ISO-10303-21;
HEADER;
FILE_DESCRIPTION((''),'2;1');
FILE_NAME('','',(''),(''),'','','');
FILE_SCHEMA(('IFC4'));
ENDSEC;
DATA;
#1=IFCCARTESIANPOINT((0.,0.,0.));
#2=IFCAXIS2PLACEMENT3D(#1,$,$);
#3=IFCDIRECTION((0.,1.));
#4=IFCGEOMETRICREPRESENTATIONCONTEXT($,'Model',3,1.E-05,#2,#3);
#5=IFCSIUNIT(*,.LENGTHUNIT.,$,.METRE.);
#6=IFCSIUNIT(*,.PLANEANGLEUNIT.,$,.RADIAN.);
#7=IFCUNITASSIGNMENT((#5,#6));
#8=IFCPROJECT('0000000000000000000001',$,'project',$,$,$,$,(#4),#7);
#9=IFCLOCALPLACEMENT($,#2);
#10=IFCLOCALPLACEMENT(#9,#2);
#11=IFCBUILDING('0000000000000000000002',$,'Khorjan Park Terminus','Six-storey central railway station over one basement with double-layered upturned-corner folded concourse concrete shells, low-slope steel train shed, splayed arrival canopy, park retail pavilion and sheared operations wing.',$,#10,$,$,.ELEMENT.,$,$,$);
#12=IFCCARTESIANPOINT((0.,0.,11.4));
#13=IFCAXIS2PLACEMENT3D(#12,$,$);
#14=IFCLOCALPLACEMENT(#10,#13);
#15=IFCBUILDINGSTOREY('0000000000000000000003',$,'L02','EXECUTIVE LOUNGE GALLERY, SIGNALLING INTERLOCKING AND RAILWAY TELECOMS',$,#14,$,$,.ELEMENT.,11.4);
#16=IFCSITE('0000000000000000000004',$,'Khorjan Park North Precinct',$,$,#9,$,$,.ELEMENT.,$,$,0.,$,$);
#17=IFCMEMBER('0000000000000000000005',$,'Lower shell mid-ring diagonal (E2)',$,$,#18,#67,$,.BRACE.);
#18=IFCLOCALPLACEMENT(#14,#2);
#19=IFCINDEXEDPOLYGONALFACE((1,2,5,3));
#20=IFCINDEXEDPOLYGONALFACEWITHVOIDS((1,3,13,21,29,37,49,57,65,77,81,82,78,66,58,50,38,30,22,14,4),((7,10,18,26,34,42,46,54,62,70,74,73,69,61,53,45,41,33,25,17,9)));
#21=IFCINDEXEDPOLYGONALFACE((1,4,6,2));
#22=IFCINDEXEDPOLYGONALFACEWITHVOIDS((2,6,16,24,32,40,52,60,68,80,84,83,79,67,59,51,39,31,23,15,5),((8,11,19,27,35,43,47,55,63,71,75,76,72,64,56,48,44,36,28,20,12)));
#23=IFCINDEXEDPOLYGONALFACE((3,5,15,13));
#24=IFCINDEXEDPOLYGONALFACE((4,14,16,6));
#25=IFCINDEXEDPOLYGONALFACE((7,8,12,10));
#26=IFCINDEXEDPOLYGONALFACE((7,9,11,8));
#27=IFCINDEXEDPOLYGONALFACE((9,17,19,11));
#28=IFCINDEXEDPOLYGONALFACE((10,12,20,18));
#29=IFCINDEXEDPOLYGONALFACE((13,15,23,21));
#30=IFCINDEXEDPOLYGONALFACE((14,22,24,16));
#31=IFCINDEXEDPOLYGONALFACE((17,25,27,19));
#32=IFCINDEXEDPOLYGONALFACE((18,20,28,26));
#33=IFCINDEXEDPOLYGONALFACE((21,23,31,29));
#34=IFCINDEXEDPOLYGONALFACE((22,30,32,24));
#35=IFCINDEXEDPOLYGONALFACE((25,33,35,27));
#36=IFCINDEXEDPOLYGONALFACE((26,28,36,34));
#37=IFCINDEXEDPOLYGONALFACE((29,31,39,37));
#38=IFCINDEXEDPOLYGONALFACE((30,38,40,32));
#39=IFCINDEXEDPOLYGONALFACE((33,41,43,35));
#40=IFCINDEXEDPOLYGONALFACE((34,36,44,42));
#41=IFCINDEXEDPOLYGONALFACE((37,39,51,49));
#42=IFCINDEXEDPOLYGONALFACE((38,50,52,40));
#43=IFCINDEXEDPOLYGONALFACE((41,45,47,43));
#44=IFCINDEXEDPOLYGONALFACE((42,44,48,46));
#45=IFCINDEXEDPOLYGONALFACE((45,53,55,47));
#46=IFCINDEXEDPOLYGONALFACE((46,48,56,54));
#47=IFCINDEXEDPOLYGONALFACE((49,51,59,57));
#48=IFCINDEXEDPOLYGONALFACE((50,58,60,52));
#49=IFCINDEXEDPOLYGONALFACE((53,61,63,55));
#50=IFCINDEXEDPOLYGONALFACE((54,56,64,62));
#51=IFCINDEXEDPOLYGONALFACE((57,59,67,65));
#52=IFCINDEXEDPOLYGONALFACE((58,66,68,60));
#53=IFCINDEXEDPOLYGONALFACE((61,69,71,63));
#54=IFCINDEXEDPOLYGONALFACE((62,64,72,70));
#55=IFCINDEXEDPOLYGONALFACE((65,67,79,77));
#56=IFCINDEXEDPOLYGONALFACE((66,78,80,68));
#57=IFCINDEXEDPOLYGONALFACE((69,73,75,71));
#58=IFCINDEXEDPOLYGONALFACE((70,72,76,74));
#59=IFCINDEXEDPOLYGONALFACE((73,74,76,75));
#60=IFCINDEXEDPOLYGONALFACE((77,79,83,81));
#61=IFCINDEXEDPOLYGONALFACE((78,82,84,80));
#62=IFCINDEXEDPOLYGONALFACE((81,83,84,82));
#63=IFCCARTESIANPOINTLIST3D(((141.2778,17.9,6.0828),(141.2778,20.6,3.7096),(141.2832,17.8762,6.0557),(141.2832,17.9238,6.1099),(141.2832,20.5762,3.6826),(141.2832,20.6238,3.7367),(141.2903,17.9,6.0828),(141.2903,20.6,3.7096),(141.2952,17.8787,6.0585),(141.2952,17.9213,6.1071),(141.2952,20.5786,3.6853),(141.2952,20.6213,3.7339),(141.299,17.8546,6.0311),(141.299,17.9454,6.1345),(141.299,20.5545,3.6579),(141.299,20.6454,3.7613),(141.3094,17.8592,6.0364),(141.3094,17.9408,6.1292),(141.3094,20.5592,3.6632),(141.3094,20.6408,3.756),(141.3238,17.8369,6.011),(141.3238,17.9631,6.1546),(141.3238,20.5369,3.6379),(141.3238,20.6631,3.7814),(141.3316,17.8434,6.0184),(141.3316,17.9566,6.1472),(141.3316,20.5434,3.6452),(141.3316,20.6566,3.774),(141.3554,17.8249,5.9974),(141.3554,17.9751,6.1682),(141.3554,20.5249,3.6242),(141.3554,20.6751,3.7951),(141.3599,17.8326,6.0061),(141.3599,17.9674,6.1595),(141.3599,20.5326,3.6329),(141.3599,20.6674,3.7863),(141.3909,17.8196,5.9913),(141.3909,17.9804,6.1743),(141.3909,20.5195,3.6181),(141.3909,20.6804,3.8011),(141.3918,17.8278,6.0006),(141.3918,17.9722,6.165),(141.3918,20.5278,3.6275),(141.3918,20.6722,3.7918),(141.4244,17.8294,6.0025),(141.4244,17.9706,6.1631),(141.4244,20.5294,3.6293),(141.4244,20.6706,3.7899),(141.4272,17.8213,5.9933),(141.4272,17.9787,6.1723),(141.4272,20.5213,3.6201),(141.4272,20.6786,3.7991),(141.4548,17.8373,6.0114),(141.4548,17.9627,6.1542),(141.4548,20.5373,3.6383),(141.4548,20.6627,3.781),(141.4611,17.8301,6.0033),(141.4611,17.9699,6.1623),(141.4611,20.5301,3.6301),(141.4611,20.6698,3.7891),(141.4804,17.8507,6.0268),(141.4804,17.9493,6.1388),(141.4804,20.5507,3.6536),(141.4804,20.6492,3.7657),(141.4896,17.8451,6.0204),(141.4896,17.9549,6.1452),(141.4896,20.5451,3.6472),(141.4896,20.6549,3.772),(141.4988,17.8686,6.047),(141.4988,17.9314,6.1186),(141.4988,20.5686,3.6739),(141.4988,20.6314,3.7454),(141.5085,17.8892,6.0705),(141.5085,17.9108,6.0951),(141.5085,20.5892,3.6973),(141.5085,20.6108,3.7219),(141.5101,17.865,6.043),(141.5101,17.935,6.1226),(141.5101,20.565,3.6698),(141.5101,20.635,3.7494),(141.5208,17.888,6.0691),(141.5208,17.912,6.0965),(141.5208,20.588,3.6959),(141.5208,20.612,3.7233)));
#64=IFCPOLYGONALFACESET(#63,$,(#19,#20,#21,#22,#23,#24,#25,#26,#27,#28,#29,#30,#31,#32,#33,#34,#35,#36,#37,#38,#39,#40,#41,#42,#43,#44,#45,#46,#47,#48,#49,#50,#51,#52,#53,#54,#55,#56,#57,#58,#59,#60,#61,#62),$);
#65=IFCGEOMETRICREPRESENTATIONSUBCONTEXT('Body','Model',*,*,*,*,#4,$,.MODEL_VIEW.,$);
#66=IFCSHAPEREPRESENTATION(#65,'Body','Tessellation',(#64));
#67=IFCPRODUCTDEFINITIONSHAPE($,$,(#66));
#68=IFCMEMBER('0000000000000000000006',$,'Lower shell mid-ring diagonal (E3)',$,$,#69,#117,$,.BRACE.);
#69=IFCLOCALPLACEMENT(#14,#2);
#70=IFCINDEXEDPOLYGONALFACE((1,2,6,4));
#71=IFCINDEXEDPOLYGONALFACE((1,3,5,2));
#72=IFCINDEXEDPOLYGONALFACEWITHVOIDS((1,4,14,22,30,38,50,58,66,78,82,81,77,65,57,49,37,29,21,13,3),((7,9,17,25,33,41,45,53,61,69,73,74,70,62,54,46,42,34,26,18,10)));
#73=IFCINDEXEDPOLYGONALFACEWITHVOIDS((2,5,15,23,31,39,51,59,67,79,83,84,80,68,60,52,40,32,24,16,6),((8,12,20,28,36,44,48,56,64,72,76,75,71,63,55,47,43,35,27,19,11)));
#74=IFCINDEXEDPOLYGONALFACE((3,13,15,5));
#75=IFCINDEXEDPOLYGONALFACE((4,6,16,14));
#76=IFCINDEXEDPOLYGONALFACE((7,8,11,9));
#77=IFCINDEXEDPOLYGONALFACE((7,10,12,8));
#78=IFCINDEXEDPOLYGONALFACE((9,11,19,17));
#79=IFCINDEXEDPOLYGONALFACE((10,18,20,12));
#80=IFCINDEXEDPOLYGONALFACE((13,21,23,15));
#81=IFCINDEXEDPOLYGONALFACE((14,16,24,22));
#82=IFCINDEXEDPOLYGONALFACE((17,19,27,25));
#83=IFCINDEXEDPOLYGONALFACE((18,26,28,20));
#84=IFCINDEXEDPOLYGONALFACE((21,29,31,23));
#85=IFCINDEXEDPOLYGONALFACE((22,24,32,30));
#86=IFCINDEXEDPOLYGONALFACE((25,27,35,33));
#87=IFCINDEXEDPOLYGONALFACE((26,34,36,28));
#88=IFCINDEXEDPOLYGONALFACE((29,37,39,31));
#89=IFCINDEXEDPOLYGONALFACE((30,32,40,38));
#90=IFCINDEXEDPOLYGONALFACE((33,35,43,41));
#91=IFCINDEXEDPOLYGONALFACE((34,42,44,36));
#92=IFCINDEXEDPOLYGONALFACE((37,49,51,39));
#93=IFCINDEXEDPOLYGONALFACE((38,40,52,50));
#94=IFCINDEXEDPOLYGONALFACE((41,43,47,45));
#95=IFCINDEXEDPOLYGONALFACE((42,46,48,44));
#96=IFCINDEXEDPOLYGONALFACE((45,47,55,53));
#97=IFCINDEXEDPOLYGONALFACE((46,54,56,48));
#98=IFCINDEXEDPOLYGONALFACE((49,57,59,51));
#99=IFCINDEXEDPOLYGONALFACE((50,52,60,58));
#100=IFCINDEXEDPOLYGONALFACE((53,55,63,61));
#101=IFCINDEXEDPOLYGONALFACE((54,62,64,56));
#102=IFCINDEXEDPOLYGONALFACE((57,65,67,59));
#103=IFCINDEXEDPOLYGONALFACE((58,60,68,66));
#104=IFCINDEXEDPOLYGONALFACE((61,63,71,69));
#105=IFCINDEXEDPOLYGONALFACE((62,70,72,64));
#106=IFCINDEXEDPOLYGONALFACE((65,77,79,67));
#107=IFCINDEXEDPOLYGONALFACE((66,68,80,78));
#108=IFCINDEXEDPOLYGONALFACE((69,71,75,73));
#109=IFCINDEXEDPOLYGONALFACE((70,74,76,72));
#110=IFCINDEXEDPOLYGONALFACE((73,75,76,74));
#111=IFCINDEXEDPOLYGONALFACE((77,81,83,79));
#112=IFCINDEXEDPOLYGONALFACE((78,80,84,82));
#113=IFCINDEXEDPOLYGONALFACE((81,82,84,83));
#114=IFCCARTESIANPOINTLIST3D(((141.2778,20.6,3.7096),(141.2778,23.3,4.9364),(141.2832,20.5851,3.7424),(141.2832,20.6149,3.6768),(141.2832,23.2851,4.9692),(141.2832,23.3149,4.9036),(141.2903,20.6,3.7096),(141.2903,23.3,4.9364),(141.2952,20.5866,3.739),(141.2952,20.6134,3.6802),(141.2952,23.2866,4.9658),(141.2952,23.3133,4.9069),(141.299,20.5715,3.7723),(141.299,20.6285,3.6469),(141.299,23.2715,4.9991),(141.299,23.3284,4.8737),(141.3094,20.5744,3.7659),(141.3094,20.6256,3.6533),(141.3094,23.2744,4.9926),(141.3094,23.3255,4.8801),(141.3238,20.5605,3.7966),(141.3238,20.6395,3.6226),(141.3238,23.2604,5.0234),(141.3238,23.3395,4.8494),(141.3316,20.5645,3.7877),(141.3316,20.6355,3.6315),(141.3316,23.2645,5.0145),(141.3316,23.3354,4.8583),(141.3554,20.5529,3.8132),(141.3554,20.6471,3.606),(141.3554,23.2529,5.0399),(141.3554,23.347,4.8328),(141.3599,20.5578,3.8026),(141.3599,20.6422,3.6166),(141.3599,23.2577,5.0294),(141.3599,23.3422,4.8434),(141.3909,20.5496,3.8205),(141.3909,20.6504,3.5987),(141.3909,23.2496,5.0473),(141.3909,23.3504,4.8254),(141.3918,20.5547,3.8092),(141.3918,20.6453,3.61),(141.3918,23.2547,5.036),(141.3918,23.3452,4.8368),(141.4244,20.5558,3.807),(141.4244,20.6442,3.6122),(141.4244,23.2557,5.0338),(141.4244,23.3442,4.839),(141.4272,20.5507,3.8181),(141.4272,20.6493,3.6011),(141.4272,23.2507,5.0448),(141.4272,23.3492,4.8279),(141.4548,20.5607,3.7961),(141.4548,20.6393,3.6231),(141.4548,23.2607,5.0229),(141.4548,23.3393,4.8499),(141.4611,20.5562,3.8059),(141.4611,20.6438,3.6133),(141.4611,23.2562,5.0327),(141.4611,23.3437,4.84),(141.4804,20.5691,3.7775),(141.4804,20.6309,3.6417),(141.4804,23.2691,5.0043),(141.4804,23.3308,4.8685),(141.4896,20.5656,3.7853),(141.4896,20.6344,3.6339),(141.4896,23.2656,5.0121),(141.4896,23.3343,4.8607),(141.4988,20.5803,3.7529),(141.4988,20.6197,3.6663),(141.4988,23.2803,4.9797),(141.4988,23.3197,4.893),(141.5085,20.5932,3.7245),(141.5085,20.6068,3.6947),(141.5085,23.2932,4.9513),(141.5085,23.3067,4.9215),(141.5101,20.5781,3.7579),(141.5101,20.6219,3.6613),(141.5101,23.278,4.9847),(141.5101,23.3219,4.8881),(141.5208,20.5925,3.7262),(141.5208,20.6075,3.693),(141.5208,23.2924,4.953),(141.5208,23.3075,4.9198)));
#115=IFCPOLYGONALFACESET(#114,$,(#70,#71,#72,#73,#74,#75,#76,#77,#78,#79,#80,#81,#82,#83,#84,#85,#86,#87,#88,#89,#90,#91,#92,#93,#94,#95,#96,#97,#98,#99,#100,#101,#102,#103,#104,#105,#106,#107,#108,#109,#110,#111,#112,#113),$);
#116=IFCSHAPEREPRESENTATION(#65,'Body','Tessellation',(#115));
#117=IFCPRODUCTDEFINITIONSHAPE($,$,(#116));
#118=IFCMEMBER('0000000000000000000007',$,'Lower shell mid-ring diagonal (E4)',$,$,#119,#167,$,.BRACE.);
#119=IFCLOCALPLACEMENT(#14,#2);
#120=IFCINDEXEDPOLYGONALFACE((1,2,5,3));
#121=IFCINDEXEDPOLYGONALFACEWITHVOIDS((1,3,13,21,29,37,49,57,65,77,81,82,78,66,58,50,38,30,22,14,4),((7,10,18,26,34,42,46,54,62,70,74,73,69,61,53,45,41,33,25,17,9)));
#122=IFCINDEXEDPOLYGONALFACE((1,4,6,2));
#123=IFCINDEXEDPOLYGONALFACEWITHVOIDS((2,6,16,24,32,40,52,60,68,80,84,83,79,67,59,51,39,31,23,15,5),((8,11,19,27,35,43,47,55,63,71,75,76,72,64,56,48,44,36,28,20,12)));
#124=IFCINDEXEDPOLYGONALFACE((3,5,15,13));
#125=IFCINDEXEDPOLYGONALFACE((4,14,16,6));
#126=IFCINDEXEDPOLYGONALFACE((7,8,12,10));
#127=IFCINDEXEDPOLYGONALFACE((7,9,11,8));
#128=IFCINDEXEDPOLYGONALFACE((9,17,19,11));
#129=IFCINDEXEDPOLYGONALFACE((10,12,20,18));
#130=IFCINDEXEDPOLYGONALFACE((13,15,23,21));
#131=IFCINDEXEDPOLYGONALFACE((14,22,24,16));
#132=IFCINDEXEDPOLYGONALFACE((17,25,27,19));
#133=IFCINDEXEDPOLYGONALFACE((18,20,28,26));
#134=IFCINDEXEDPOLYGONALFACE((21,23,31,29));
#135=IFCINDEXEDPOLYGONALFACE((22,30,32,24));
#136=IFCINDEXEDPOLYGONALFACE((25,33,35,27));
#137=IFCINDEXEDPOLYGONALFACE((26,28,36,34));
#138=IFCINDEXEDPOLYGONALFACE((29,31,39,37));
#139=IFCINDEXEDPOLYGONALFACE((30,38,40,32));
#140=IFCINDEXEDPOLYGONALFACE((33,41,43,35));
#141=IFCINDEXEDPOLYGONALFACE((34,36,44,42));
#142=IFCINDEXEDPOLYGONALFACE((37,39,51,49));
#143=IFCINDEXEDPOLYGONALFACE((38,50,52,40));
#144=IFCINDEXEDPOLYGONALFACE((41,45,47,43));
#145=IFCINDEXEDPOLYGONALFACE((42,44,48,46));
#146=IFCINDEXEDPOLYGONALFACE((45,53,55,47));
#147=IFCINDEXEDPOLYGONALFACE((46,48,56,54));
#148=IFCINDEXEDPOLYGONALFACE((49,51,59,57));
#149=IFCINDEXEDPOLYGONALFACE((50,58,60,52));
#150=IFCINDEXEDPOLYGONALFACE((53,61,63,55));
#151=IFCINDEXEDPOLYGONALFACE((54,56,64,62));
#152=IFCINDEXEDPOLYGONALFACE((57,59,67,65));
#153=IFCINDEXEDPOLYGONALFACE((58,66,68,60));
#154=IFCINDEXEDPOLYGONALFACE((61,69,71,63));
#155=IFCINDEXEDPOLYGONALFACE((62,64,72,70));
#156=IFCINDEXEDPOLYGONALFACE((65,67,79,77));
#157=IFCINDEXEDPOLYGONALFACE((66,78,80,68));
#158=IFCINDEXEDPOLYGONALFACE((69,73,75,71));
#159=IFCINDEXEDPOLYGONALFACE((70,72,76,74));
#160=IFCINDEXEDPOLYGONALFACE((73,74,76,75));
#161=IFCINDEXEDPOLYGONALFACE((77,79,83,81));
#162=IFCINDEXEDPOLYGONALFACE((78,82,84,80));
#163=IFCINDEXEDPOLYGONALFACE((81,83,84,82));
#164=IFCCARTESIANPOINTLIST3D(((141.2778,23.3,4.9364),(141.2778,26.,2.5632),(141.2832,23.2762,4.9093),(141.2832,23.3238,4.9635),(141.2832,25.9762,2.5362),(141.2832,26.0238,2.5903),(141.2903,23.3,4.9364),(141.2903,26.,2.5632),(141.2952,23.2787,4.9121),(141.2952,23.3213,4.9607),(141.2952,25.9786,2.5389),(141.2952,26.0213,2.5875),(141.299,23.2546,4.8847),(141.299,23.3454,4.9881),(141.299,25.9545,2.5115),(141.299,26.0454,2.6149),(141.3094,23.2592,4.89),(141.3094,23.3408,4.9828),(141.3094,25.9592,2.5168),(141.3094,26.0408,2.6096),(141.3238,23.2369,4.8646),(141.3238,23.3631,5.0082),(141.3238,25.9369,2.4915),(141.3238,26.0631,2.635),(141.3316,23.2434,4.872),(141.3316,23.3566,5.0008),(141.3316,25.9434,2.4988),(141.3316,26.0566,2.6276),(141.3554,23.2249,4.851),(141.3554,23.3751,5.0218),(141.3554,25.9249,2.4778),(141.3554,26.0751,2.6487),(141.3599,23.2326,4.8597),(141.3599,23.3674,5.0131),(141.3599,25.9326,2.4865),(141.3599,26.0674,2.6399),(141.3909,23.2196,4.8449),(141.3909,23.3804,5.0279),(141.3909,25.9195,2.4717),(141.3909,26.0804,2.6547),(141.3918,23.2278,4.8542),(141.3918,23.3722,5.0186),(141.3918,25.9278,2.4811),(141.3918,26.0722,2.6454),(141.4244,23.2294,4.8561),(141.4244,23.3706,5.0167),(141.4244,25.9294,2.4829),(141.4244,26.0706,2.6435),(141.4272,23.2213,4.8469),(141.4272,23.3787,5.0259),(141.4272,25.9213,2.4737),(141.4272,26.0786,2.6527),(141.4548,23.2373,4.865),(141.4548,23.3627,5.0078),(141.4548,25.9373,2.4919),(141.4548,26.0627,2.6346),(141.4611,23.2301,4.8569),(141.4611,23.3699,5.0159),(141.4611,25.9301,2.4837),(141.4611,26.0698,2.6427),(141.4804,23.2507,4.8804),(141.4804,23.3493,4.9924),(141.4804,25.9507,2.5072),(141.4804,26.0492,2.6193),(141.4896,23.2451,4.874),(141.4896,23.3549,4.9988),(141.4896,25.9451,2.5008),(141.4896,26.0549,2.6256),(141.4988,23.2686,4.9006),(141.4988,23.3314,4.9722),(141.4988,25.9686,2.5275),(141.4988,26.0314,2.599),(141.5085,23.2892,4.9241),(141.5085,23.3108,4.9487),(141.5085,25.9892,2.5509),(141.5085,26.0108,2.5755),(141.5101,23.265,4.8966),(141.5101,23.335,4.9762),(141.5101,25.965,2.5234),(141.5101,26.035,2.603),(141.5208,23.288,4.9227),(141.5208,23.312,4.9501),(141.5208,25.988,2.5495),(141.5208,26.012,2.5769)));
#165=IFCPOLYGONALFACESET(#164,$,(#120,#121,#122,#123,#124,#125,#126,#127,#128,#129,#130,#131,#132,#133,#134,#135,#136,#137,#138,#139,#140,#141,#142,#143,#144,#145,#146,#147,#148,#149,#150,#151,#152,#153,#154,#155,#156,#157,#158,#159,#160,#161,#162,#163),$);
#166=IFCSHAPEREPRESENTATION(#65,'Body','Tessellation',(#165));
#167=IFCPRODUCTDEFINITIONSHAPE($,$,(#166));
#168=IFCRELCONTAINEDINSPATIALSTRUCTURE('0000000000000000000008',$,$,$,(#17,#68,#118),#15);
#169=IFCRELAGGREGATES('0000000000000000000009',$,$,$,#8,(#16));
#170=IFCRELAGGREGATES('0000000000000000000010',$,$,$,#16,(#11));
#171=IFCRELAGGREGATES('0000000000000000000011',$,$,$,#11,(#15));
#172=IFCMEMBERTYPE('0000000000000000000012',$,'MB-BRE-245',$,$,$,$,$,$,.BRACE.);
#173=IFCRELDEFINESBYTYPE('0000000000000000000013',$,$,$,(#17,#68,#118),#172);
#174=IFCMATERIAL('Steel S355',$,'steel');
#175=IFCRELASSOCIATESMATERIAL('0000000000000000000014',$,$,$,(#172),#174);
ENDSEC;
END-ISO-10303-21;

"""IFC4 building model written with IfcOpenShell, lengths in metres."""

from ifc_helpers import new_model, si_unit, direction, frame, origin, origin_2d, place, context, subcontext, project, spatial, hollow_circle, extrude, material, material_profile, profile_set, type_object, element, save


model = new_model("IFC4")

# Units and contexts
model_context = context("Model", 3, precision=1e-05, world=origin(), true_north=direction((0.0, 1.0)))
body_context = subcontext(model_context, "Body", "Model", "MODEL_VIEW")
ifc_project = project(units=[si_unit("LENGTHUNIT", "METRE"), si_unit("PLANEANGLEUNIT", "RADIAN")], contexts=[model_context])

# Site, building, storey
site_placement = place(None, origin())
site = spatial("IfcSite", under=ifc_project, at=site_placement, Name="Khorjan Park North Precinct", CompositionType="ELEMENT", RefElevation=0.0)
building_placement = place(site_placement, origin())
building = spatial("IfcBuilding", under=site, at=building_placement, Name="Khorjan Park Terminus", Description="Six-storey central railway station over one basement with double-layered upturned-corner folded concourse concrete shells, low-slope steel train shed, splayed arrival canopy, park retail pavilion and sheared operations wing.", CompositionType="ELEMENT")
storey_placement = place(building_placement, frame((0.0, 0.0, 11.4)))
storey = spatial("IfcBuildingStorey", under=building, at=storey_placement, Name="L02", Description="EXECUTIVE LOUNGE GALLERY, SIGNALLING INTERLOCKING AND RAILWAY TELECOMS", CompositionType="ELEMENT", Elevation=11.4)

# Members
ifc_material_1 = material(Name="Steel S355", Category="steel")
ifc_material_profile_1 = material_profile(ifc_material_1, hollow_circle(Radius=0.1222, WallThickness=0.0125, at=origin_2d()), Name="CHS 244.5x12.5")
ifc_profile_set_1 = profile_set([ifc_material_profile_1], Name="Steel S355")
member_type_1 = type_object("IfcMemberType", Name="MB-BRE-245", PredefinedType="BRACE", material=ifc_profile_set_1)
member_1_placement = place(storey_placement, frame((141.4, 17.9, 6.0828), z_axis=(0.0, 0.7511, -0.660189), x_axis=(-1.0, 0.0, 0.0)))
element("IfcMember", 1, at=member_1_placement, inside=storey, type_object=member_type_1, Name="Lower shell mid-ring diagonal (E2)", PredefinedType="BRACE", context=body_context, shape_type="SweptSolid", body=[
    extrude(hollow_circle(Radius=0.1222, WallThickness=0.0125, at=origin_2d()), origin(), (0.0, 0.0, 1.0), 3.5947),
])
member_2_placement = place(storey_placement, frame((141.4, 20.6, 3.7096), z_axis=(0.0, 0.910427, 0.413671), x_axis=(-1.0, 0.0, 0.0)))
element("IfcMember", 2, at=member_2_placement, inside=storey, type_object=member_type_1, Name="Lower shell mid-ring diagonal (E3)", PredefinedType="BRACE", context=body_context, shape_type="SweptSolid", body=[
    extrude(hollow_circle(Radius=0.1222, WallThickness=0.0125, at=origin_2d()), origin(), (0.0, 0.0, 1.0), 2.9656),
])
member_3_placement = place(storey_placement, frame((141.4, 23.3, 4.9364), z_axis=(0.0, 0.7511, -0.660189), x_axis=(-1.0, 0.0, 0.0)))
element("IfcMember", 3, at=member_3_placement, inside=storey, type_object=member_type_1, Name="Lower shell mid-ring diagonal (E4)", PredefinedType="BRACE", context=body_context, shape_type="SweptSolid", body=[
    extrude(hollow_circle(Radius=0.1222, WallThickness=0.0125, at=origin_2d()), origin(), (0.0, 0.0, 1.0), 3.5947),
])

save(model, "model.ifc")
